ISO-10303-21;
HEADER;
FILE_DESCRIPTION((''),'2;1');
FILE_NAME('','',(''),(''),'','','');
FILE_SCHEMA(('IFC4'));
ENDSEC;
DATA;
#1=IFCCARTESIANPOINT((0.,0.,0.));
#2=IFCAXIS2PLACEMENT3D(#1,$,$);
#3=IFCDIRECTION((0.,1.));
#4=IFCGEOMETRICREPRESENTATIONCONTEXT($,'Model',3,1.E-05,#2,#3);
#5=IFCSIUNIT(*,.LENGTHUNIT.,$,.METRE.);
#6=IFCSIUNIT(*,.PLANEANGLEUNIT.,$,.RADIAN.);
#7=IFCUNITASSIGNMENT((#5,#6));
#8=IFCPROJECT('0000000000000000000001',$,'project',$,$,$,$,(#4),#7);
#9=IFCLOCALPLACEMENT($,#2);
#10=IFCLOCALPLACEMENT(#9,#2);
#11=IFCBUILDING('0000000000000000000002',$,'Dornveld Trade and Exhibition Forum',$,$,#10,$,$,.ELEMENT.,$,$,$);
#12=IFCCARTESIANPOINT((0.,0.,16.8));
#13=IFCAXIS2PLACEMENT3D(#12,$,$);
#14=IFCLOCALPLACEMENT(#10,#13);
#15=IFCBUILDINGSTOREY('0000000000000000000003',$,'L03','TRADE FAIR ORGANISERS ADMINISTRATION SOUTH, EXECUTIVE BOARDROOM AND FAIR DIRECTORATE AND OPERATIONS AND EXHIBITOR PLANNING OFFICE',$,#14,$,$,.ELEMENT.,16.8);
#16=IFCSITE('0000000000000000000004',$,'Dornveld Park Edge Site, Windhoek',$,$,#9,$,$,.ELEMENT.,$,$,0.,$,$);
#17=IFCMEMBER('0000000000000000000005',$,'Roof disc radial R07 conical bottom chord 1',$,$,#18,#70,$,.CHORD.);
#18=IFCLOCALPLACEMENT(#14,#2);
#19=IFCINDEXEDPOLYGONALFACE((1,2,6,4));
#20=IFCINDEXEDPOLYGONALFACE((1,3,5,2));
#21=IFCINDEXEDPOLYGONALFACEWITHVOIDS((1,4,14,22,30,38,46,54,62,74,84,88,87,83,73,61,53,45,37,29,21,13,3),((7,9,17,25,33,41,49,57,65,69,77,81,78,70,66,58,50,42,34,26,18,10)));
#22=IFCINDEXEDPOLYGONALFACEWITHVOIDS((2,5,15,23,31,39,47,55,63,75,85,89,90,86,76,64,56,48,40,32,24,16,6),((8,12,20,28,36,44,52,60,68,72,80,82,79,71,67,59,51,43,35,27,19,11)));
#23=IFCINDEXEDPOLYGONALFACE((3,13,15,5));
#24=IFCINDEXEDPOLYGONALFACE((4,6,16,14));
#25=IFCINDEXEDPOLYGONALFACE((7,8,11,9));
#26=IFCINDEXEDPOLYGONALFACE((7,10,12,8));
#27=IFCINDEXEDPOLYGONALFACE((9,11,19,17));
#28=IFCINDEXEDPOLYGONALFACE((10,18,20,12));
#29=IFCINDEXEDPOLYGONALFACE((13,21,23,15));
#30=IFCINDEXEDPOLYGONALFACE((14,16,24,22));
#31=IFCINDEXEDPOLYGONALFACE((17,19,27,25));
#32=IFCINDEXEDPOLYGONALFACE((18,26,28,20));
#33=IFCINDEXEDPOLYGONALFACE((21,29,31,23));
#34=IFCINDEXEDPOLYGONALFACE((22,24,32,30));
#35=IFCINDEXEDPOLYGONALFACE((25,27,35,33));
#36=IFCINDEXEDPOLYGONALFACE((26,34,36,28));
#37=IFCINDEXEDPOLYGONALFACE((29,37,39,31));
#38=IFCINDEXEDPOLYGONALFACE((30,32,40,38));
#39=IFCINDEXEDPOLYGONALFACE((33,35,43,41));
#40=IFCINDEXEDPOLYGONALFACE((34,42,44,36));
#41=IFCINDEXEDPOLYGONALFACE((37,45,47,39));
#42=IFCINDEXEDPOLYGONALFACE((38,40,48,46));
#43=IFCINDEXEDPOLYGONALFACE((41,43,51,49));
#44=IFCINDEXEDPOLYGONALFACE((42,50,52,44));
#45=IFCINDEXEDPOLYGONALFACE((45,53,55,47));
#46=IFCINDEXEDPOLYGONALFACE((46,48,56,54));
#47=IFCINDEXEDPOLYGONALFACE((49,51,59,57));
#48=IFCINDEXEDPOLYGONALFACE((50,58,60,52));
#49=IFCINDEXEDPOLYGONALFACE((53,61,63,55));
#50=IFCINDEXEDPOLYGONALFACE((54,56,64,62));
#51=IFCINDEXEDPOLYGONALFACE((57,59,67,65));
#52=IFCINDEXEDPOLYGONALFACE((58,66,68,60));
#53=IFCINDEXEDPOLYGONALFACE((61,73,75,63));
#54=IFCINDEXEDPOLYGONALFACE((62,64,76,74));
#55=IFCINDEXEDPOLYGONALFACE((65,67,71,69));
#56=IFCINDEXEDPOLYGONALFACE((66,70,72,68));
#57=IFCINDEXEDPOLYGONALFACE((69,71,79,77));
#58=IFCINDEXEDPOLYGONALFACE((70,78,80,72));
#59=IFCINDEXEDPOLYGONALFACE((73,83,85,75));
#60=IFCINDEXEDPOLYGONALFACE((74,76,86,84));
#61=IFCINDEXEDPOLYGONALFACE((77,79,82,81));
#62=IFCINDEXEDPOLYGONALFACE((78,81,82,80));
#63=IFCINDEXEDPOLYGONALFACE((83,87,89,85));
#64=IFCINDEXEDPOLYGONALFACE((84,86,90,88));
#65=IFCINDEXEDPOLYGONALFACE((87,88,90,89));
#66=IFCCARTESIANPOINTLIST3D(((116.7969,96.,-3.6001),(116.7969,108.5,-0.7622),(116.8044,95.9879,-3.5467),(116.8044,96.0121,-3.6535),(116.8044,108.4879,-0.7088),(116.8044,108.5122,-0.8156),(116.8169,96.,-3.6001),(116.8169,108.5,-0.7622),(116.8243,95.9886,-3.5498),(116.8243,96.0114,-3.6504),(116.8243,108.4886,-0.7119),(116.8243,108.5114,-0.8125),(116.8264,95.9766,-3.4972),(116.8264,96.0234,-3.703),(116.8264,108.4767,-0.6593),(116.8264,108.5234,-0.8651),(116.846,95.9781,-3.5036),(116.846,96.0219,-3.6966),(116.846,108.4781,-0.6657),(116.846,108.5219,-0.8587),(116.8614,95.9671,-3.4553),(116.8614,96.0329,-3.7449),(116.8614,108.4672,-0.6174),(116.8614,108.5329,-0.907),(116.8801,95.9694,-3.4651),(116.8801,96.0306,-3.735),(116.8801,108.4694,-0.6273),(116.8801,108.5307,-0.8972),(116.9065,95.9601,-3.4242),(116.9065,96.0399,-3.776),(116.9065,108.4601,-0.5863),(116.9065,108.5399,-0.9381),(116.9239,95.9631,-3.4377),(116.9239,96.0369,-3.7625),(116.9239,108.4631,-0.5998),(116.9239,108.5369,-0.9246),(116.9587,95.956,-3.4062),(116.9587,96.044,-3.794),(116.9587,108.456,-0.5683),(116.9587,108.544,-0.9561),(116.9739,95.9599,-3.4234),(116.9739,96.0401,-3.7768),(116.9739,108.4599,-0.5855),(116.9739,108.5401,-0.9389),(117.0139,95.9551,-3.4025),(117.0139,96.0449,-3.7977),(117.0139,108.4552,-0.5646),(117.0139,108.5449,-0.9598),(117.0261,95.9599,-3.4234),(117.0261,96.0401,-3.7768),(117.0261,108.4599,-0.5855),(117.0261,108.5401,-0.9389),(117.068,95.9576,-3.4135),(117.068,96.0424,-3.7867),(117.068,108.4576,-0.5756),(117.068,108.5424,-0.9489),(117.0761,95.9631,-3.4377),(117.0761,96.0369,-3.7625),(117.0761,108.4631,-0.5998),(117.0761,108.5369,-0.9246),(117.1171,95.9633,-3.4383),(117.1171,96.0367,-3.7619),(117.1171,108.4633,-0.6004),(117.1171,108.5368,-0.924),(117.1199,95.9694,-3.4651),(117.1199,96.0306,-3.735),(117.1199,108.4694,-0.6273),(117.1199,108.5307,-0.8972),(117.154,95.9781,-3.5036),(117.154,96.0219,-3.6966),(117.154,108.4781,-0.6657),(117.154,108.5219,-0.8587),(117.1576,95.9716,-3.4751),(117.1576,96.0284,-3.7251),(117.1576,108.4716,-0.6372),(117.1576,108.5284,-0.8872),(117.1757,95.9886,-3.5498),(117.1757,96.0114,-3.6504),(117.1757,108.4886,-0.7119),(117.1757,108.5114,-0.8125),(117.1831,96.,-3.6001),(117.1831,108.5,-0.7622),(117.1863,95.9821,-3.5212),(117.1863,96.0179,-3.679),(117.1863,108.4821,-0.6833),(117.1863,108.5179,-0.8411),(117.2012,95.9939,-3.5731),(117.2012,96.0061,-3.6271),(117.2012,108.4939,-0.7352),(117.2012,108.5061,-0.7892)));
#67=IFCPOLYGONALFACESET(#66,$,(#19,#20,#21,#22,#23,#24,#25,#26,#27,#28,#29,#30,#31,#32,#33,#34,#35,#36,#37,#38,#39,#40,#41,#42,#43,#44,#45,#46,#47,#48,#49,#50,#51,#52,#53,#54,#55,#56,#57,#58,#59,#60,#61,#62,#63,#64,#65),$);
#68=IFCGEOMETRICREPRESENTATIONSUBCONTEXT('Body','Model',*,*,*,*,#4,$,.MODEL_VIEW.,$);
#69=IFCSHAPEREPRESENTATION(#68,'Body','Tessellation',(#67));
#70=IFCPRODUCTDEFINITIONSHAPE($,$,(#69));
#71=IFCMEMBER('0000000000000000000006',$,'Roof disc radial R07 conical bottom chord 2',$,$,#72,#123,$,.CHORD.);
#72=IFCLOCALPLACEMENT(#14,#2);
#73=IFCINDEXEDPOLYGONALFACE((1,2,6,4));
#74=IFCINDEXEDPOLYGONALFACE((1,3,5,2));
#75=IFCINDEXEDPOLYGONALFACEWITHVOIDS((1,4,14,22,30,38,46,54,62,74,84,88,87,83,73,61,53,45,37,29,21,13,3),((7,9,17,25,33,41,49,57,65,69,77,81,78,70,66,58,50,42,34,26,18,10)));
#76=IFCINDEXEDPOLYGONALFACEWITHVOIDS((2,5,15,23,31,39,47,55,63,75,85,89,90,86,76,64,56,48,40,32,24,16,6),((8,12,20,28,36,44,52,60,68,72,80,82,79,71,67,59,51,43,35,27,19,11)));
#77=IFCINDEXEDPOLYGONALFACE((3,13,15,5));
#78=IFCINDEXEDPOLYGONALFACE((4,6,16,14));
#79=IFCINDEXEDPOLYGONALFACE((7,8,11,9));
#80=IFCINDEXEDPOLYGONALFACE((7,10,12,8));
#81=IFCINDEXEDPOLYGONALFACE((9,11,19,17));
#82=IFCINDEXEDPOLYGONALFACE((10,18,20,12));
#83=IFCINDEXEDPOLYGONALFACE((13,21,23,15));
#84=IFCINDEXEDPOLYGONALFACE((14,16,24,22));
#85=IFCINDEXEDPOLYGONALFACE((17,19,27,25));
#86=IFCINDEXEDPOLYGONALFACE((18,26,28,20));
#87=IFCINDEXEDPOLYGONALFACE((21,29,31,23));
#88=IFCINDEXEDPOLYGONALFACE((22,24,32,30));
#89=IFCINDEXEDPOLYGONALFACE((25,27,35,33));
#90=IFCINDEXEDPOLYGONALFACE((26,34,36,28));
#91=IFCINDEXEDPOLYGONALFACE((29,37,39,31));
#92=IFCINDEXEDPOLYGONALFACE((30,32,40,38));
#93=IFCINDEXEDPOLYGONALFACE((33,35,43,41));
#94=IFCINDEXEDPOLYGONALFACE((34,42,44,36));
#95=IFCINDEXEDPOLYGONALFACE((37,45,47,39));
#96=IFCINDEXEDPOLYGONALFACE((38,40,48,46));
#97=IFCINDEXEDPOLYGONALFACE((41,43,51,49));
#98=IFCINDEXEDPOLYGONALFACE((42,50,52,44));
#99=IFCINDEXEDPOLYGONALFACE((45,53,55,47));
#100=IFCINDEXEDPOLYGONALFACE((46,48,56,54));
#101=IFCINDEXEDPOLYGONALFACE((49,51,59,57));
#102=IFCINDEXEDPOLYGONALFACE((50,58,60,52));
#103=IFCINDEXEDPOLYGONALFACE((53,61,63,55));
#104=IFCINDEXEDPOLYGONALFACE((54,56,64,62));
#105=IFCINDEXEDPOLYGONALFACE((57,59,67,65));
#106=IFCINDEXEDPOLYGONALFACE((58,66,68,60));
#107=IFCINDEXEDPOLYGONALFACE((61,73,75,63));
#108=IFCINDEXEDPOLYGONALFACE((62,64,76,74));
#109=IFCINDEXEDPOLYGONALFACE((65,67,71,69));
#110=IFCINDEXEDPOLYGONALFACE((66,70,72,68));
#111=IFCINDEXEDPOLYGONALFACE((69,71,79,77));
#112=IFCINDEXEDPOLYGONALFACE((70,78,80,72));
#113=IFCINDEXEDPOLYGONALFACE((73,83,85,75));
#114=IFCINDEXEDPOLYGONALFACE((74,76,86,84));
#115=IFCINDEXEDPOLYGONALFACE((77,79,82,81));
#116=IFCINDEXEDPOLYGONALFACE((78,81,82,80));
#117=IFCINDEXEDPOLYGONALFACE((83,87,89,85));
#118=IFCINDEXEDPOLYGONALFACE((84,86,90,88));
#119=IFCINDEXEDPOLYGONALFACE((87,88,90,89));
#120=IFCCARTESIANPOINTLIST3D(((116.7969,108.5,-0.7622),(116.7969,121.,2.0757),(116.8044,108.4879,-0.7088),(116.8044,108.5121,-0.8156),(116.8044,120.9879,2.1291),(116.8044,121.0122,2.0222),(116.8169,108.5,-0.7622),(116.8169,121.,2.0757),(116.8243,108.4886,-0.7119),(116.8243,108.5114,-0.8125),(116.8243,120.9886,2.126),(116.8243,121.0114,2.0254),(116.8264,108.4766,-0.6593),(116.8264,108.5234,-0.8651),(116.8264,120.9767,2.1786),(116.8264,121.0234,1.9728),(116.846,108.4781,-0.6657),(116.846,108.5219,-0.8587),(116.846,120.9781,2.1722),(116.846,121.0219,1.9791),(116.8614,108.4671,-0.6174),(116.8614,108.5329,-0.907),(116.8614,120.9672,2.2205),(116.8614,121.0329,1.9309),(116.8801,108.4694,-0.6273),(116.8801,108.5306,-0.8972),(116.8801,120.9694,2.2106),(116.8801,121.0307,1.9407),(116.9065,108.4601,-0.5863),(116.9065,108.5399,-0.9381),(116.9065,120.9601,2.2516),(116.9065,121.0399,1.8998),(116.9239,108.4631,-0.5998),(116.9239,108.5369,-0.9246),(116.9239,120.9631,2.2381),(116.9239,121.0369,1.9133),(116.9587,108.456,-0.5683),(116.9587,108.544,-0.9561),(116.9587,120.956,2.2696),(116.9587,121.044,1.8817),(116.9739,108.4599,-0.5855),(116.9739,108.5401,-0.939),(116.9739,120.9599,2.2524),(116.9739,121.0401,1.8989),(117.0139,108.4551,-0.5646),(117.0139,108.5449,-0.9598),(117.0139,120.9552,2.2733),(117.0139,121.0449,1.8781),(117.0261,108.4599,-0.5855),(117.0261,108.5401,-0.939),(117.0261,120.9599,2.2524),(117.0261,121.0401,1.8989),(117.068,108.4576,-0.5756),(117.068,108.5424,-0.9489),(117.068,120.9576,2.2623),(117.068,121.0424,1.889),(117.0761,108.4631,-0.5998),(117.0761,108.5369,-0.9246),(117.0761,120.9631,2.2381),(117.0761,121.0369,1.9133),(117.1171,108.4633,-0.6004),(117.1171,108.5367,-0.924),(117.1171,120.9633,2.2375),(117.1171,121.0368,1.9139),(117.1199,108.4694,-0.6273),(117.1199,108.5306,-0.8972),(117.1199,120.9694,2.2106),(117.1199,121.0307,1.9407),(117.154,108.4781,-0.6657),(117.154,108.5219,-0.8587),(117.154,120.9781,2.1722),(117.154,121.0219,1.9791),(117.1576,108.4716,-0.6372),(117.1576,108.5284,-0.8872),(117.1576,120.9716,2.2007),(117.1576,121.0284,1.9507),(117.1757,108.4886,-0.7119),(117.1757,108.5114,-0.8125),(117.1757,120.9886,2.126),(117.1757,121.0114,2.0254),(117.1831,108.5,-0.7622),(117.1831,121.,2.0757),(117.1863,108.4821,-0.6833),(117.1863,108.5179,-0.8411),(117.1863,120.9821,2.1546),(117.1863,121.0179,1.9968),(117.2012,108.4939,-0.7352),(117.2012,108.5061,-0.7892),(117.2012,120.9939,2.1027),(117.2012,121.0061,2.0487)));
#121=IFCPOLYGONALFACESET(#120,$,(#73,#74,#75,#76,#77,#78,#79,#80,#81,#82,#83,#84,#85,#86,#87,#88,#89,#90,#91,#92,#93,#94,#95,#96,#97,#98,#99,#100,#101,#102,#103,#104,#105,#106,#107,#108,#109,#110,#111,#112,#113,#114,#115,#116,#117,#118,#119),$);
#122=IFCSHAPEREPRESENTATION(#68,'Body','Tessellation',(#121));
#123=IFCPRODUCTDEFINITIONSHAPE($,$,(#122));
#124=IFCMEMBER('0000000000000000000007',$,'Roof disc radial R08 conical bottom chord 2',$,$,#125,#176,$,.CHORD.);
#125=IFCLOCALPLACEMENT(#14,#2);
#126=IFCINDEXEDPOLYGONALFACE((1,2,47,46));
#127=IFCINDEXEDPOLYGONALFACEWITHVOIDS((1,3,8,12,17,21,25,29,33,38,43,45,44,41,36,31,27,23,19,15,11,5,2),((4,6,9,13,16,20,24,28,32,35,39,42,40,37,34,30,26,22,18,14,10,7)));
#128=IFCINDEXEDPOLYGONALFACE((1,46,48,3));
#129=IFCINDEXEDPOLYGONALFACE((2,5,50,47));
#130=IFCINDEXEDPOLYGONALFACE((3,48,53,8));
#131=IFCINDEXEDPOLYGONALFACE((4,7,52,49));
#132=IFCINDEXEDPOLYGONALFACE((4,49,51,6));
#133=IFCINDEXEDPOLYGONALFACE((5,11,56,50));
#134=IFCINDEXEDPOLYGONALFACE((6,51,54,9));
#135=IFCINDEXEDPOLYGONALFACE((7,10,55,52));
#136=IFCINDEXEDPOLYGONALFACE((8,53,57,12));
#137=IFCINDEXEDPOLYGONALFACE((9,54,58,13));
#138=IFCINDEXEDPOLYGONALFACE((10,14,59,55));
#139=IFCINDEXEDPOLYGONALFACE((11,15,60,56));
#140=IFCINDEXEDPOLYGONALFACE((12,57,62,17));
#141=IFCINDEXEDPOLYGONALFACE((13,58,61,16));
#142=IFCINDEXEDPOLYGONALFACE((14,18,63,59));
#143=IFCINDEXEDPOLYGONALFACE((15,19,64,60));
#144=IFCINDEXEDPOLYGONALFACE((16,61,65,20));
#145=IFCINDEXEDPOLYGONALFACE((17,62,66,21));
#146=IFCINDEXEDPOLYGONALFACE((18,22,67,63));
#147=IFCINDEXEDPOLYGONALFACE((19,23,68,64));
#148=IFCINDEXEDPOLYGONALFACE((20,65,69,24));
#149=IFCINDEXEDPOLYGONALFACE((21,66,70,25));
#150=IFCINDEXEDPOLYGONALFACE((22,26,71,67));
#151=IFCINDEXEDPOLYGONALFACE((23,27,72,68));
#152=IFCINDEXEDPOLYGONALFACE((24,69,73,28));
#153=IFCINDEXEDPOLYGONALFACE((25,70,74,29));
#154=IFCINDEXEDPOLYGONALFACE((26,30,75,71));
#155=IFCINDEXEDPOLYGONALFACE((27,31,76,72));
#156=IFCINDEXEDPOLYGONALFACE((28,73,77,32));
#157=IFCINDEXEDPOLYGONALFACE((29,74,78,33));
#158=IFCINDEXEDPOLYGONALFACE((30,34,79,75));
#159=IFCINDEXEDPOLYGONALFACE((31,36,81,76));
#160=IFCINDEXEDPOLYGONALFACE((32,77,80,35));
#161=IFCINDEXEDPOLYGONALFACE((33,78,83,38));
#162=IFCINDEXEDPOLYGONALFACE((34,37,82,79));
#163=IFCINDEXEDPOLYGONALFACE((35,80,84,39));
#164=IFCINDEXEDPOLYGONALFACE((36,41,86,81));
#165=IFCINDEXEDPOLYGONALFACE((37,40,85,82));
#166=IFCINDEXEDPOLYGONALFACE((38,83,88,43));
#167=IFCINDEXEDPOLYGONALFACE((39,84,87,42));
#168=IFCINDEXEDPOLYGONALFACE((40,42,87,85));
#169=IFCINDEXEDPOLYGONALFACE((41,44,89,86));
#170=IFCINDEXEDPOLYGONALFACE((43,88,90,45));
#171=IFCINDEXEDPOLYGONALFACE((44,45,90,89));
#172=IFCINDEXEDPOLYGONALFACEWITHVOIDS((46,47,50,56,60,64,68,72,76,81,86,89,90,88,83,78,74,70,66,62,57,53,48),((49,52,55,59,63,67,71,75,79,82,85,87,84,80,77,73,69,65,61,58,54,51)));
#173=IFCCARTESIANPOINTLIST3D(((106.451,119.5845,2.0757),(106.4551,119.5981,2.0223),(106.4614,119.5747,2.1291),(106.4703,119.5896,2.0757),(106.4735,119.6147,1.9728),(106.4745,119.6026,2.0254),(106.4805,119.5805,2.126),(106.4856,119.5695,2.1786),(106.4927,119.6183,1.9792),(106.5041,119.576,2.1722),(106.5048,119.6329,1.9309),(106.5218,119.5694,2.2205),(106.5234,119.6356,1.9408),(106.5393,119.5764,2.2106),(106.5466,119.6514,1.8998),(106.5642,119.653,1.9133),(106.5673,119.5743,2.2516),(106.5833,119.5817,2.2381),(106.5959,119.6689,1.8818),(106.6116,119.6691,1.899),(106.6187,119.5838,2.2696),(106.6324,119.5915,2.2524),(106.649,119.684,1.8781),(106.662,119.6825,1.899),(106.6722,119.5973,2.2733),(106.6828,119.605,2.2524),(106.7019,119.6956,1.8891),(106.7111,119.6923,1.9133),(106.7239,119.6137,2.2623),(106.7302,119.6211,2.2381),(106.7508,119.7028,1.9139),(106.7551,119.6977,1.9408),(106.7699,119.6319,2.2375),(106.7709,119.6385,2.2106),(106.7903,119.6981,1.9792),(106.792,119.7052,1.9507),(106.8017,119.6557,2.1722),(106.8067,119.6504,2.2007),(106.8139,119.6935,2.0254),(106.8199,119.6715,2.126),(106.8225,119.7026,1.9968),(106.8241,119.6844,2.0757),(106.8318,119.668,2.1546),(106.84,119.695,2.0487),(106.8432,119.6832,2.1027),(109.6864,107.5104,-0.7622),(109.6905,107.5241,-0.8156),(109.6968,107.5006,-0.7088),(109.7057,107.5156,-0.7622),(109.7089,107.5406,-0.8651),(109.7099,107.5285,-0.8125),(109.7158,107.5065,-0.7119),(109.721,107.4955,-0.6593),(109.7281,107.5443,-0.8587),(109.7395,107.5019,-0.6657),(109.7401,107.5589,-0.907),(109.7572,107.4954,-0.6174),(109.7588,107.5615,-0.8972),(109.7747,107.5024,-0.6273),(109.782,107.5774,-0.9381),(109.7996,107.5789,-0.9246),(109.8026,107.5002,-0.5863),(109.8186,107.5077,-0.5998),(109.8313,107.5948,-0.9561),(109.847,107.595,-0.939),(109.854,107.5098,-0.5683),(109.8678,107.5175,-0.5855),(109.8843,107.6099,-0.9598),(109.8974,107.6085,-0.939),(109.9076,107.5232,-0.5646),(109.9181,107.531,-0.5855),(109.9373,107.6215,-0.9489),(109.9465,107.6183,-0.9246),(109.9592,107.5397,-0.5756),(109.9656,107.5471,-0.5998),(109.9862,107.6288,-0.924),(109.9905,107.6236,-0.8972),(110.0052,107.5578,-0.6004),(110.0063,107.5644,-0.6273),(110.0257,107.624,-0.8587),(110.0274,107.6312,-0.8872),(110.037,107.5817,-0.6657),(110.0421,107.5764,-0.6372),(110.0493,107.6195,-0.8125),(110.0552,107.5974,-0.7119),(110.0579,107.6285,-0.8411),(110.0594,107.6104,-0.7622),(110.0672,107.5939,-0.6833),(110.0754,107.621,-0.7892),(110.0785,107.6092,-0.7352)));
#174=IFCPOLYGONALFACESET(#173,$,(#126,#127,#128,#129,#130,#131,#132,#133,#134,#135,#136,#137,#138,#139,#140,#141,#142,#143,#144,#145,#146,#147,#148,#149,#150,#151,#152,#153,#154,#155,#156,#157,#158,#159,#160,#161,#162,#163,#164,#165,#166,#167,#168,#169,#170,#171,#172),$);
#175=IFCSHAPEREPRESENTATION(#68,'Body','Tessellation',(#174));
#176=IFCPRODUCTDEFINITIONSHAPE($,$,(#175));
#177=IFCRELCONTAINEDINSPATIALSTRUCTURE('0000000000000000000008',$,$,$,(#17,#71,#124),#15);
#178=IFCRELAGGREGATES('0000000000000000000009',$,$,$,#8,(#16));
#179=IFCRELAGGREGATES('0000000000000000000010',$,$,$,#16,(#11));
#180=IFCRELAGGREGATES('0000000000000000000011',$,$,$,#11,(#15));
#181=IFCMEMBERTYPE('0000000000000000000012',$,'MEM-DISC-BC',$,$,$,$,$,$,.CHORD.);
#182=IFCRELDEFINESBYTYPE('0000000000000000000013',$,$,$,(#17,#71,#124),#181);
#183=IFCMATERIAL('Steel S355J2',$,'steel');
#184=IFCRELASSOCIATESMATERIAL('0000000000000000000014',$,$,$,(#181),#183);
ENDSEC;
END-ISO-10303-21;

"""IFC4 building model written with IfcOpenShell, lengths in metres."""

from ifc_helpers import new_model, si_unit, direction, frame, origin, origin_2d, place, context, subcontext, project, spatial, hollow_circle, extrude, material, material_profile, profile_set, type_object, element, save


model = new_model("IFC4")

# Units and contexts
model_context = context("Model", 3, precision=1e-05, world=origin(), true_north=direction((0.0, 1.0)))
body_context = subcontext(model_context, "Body", "Model", "MODEL_VIEW")
ifc_project = project(units=[si_unit("LENGTHUNIT", "METRE"), si_unit("PLANEANGLEUNIT", "RADIAN")], contexts=[model_context])

# Site, building, storey
site_placement = place(None, origin())
site = spatial("IfcSite", under=ifc_project, at=site_placement, Name="Dornveld Park Edge Site, Windhoek", CompositionType="ELEMENT", RefElevation=0.0)
building_placement = place(site_placement, origin())
building = spatial("IfcBuilding", under=site, at=building_placement, Name="Dornveld Trade and Exhibition Forum", CompositionType="ELEMENT")
storey_placement = place(building_placement, frame((0.0, 0.0, 16.8)))
storey = spatial("IfcBuildingStorey", under=building, at=storey_placement, Name="L03", Description="TRADE FAIR ORGANISERS ADMINISTRATION SOUTH, EXECUTIVE BOARDROOM AND FAIR DIRECTORATE AND OPERATIONS AND EXHIBITOR PLANNING OFFICE", CompositionType="ELEMENT", Elevation=16.8)

# Members
ifc_material_1 = material(Name="Steel S355J2", Category="steel")
ifc_material_profile_1 = material_profile(ifc_material_1, hollow_circle(Radius=0.2031, WallThickness=0.02, at=origin_2d()), Name="CHS 406.4x20")
ifc_profile_set_1 = profile_set([ifc_material_profile_1], Name="Steel S355J2")
member_type_1 = type_object("IfcMemberType", Name="MEM-DISC-BC", PredefinedType="CHORD", material=ifc_profile_set_1)
for number, where, z_axis, x_axis, name in (
    (1, (117.0, 96.0, -3.6001), (0.0, 0.975184, 0.221397), (-1.0, 0.0, 0.0), "Roof disc radial R07 conical bottom chord 1"),
    (2, (117.0, 108.5, -0.7622), (0.0, 0.975184, 0.221397), (-1.0, 0.0, 0.0), "Roof disc radial R07 conical bottom chord 2"),
    (3, (109.8826, 107.563, -0.7622), (-0.252406, 0.941952, 0.221398), (-0.965923, -0.258829, 0.0), "Roof disc radial R08 conical bottom chord 2"),
):
    element("IfcMember", number, at=place(storey_placement, frame(where, z_axis=z_axis, x_axis=x_axis)), inside=storey, type_object=member_type_1, Name=name, PredefinedType="CHORD", context=body_context, shape_type="SweptSolid", body=[
        extrude(hollow_circle(Radius=0.2031, WallThickness=0.02, at=origin_2d()), origin(), (0.0, 0.0, 1.0), 12.8181),
    ])

save(model, "model.ifc")
